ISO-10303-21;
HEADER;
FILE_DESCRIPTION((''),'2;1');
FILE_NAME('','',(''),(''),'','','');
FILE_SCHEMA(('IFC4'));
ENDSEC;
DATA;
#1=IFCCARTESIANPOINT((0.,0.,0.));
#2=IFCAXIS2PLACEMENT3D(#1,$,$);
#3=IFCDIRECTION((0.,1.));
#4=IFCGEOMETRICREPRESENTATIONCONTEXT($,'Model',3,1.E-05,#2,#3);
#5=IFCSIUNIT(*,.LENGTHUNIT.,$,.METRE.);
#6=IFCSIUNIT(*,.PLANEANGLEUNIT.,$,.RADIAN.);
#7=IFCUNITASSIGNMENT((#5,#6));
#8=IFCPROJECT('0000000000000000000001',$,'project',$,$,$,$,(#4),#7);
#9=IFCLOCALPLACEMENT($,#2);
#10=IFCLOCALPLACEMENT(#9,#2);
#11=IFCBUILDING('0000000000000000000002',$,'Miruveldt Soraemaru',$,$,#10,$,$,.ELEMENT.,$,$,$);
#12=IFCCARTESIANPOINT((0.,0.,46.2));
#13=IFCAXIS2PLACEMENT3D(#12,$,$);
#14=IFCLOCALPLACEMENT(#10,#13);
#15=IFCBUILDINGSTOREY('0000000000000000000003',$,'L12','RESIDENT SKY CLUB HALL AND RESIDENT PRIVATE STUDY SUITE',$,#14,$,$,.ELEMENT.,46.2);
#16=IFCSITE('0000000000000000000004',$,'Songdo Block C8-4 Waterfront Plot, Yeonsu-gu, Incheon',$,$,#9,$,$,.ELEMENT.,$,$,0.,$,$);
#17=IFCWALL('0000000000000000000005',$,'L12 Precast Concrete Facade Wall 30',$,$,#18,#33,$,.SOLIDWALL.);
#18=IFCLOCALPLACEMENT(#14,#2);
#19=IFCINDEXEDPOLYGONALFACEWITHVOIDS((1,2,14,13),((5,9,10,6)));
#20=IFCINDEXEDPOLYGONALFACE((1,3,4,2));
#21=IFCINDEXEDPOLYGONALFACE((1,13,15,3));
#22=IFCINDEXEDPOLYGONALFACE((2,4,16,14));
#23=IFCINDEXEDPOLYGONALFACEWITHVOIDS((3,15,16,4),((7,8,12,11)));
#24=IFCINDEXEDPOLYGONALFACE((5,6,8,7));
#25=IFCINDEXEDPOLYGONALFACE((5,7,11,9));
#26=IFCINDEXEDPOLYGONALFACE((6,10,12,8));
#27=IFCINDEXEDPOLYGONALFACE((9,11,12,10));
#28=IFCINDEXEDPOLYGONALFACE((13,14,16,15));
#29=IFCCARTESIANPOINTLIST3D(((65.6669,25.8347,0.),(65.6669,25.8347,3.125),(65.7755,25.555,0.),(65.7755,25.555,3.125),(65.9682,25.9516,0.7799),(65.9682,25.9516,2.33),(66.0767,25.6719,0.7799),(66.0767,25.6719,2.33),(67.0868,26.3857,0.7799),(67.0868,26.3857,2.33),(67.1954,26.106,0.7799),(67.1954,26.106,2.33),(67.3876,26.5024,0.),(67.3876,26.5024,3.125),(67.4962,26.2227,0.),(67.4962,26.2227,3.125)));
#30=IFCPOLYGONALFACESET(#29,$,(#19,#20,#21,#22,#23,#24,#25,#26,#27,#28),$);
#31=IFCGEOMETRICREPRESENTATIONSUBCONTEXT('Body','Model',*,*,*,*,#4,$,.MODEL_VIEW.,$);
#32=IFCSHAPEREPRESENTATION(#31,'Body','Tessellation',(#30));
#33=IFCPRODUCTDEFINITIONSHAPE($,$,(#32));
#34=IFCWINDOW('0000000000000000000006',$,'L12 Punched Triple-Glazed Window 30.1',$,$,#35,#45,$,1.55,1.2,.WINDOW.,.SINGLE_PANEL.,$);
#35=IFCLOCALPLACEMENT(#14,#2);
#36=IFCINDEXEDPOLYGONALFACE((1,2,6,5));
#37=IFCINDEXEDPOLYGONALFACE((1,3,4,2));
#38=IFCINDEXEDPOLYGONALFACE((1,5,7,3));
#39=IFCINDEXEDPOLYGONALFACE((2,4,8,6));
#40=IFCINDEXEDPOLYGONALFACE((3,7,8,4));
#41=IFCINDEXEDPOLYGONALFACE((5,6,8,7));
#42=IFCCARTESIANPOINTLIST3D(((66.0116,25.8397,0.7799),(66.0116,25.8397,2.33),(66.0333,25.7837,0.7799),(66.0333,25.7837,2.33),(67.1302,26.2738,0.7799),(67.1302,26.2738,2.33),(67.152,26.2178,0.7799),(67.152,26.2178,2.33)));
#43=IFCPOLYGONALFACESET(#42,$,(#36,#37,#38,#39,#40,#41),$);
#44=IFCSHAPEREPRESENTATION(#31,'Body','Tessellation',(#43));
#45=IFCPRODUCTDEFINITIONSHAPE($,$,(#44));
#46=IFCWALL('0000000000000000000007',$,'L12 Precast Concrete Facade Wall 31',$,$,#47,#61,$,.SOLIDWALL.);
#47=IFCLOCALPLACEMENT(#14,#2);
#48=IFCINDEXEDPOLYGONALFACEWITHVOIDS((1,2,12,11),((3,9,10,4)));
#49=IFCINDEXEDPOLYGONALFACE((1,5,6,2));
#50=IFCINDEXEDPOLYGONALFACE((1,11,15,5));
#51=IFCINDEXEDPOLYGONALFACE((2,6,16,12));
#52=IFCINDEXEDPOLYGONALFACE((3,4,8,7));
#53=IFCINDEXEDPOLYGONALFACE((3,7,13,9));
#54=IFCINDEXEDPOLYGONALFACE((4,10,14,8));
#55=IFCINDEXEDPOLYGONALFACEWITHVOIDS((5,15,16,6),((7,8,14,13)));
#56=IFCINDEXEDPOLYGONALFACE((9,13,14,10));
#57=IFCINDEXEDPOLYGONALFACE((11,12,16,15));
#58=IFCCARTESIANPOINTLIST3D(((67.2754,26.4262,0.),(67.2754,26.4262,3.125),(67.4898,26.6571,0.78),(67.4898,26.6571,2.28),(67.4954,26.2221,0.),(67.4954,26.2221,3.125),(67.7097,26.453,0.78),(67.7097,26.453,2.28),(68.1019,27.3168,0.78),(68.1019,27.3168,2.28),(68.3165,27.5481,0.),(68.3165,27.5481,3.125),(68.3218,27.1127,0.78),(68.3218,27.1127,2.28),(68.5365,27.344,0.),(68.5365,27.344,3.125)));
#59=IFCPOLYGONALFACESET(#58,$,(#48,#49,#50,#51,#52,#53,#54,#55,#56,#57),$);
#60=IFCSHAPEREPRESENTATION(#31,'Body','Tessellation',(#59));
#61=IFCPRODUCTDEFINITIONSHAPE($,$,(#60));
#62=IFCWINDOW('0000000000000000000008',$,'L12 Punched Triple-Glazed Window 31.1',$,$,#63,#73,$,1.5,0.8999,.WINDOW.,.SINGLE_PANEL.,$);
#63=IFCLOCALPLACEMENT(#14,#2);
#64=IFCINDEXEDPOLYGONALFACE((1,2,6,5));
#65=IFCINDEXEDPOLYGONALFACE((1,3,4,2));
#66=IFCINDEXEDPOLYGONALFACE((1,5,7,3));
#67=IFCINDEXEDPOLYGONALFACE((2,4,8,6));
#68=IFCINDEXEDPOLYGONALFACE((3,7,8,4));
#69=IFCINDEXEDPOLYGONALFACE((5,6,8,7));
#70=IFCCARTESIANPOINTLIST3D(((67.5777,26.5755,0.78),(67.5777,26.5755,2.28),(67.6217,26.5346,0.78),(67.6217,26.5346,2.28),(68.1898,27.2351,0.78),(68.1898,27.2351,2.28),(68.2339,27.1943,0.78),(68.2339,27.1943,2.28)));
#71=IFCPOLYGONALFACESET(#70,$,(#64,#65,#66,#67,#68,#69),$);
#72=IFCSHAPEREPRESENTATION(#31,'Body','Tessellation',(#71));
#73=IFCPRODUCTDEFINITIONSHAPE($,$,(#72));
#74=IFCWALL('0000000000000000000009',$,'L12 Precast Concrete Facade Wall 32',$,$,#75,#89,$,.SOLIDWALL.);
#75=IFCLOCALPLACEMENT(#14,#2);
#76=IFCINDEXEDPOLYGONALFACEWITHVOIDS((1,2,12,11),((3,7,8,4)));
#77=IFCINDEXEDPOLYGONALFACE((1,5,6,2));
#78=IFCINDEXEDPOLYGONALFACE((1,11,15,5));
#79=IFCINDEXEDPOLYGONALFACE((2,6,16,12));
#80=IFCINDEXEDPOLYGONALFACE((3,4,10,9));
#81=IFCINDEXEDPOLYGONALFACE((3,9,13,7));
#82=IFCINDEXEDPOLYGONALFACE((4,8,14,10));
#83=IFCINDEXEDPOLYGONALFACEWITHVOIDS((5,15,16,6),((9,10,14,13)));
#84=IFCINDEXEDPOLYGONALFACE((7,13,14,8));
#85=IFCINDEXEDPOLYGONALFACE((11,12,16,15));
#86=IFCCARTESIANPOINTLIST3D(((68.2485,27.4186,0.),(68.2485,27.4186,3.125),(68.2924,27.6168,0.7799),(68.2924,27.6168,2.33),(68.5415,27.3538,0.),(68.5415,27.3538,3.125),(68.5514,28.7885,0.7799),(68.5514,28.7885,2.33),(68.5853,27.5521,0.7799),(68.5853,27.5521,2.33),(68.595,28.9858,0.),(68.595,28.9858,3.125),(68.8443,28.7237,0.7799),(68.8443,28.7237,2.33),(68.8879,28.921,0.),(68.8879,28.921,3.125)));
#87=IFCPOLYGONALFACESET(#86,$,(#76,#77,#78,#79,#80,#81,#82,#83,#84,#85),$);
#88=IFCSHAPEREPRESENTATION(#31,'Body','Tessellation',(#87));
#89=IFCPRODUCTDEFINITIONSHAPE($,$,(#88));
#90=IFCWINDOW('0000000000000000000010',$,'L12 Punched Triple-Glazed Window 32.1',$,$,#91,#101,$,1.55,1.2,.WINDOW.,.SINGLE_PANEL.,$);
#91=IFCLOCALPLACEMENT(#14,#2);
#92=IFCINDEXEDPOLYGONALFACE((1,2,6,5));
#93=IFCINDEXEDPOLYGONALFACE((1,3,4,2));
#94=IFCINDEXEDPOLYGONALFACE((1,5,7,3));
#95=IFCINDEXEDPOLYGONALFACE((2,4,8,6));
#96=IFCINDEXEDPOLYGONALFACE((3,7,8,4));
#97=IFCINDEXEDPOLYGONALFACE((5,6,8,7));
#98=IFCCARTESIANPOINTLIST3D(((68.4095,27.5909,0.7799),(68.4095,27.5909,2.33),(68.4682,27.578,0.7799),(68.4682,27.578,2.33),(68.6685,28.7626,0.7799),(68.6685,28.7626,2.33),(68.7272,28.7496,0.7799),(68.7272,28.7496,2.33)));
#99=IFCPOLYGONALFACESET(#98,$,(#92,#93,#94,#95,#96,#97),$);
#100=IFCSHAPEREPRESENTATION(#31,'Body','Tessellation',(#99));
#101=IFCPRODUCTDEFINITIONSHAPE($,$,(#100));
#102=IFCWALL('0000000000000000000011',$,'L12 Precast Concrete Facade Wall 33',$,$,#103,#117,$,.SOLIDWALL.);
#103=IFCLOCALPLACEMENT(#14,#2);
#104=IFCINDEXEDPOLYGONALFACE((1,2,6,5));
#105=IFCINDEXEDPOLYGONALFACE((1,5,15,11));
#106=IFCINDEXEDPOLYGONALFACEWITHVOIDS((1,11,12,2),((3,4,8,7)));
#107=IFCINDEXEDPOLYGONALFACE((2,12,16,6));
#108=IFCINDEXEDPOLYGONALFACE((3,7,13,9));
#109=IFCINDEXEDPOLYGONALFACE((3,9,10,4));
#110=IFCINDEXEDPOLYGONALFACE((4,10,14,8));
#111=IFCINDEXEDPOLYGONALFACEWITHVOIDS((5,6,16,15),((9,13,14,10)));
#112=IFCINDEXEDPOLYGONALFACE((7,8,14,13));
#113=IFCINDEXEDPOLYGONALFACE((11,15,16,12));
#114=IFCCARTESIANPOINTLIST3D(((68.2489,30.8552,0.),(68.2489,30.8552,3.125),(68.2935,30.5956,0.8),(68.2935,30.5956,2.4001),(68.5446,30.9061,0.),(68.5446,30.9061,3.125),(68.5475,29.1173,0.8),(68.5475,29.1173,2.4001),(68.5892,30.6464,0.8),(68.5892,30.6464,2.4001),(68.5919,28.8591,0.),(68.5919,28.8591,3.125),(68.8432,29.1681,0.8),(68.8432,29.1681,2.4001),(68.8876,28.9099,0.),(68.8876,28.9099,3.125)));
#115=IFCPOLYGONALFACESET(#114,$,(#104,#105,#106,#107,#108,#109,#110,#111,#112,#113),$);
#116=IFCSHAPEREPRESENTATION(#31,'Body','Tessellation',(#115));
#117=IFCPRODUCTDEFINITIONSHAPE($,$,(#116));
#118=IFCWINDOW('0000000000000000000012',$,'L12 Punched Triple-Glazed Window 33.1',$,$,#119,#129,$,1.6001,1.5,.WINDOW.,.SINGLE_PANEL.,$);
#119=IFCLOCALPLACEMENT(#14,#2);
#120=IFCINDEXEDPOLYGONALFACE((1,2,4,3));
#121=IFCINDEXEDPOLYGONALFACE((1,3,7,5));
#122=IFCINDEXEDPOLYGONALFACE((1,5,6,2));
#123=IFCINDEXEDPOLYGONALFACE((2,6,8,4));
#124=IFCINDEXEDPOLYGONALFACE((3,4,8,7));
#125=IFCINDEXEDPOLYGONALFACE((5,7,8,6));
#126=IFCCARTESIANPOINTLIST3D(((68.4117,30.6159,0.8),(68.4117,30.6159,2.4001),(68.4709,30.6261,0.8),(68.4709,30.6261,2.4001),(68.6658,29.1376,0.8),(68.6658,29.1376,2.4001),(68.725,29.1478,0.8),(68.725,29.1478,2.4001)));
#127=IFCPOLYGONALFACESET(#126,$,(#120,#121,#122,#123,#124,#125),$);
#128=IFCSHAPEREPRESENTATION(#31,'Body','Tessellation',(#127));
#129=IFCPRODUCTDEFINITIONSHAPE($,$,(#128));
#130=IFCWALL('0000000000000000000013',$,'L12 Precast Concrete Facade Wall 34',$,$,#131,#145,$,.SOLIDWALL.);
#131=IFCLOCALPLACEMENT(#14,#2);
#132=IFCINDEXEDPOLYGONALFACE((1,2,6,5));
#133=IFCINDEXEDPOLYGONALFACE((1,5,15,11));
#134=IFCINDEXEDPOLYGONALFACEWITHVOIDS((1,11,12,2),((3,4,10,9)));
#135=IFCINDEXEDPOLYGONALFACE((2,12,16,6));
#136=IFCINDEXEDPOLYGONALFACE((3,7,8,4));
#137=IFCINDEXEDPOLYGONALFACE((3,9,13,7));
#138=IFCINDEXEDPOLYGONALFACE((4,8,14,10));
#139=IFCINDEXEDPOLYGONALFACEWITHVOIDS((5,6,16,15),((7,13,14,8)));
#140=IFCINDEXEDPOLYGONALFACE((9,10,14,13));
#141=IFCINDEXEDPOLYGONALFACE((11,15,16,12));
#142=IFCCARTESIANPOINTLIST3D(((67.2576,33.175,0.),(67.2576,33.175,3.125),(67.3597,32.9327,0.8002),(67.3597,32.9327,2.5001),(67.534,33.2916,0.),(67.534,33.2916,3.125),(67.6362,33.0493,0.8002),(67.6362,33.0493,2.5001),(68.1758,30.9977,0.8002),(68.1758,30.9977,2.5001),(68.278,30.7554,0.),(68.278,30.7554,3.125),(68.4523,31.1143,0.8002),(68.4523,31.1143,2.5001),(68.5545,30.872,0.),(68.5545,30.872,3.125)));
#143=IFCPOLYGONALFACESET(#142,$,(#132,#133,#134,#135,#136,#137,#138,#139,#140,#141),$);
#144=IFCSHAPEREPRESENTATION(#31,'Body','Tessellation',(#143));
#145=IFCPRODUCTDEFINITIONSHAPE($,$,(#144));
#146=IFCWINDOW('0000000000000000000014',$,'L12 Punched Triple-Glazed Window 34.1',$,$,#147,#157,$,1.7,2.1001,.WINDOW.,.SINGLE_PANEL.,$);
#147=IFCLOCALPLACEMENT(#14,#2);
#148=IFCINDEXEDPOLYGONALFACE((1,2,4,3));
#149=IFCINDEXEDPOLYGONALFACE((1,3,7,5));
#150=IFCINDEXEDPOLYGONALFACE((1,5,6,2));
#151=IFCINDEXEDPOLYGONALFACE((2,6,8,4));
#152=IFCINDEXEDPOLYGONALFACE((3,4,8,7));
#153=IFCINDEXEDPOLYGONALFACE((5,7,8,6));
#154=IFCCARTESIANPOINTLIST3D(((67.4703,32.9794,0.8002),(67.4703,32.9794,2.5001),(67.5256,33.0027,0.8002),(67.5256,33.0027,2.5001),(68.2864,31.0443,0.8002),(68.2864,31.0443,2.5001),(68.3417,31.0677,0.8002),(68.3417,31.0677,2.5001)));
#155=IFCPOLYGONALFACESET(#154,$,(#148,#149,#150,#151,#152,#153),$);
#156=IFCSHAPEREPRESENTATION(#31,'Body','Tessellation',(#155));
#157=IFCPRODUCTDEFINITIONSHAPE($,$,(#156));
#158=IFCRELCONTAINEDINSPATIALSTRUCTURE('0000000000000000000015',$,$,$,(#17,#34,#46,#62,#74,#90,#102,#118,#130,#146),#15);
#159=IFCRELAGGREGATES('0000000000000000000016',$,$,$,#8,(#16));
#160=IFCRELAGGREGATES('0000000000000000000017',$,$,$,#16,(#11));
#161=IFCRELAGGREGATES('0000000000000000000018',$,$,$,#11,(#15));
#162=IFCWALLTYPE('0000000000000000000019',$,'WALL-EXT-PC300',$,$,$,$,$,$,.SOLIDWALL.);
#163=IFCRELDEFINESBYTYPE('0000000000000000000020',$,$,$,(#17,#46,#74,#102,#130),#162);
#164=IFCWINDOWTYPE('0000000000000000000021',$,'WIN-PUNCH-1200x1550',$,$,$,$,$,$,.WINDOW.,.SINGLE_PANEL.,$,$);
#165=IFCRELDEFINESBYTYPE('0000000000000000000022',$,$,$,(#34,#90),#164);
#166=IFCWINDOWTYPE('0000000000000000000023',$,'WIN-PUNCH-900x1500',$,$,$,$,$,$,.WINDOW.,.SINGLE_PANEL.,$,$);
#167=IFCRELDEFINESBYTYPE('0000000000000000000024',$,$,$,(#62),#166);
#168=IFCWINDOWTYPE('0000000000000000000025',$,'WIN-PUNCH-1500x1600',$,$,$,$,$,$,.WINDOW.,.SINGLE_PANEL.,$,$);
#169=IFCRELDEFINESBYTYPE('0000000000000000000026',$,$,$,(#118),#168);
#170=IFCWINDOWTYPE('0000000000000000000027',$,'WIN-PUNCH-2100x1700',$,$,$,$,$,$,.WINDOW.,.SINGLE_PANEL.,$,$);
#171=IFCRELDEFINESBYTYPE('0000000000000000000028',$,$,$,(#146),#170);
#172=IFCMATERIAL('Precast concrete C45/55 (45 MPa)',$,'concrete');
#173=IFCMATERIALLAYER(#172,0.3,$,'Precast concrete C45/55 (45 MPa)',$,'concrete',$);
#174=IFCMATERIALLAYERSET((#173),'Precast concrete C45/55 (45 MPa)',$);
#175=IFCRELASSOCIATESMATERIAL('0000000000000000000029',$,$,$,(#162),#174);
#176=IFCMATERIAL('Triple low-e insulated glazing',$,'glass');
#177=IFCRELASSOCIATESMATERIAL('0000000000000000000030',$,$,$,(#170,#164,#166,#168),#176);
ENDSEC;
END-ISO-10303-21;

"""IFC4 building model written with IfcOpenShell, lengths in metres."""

from ifc_helpers import new_model, si_unit, direction, frame, frame_2d, origin, place, context, subcontext, project, spatial, rectangle, extrude, material, layer, layer_set, type_object, element, fill, save


model = new_model("IFC4")

# Units and contexts
model_context = context("Model", 3, precision=1e-05, world=origin(), true_north=direction((0.0, 1.0)))
body_context = subcontext(model_context, "Body", "Model", "MODEL_VIEW")
ifc_project = project(units=[si_unit("LENGTHUNIT", "METRE"), si_unit("PLANEANGLEUNIT", "RADIAN")], contexts=[model_context])

# Site, building, storey
site_placement = place(None, origin())
site = spatial("IfcSite", under=ifc_project, at=site_placement, Name="Songdo Block C8-4 Waterfront Plot, Yeonsu-gu, Incheon", CompositionType="ELEMENT", RefElevation=0.0)
building_placement = place(site_placement, origin())
building = spatial("IfcBuilding", under=site, at=building_placement, Name="Miruveldt Soraemaru", CompositionType="ELEMENT")
storey_placement = place(building_placement, frame((0.0, 0.0, 46.2)))
storey = spatial("IfcBuildingStorey", under=building, at=storey_placement, Name="L12", Description="RESIDENT SKY CLUB HALL AND RESIDENT PRIVATE STUDY SUITE", CompositionType="ELEMENT", Elevation=46.2)

# Walls, openings, windows
ifc_material_1 = material(Name="Precast concrete C45/55 (45 MPa)", Category="concrete")
ifc_layer_1 = layer(ifc_material_1, 0.3, Name="Precast concrete C45/55 (45 MPa)", Category="concrete")
ifc_layer_set_1 = layer_set([ifc_layer_1], Name="Precast concrete C45/55 (45 MPa)")
wall_type_1 = type_object("IfcWallType", Name="WALL-EXT-PC300", PredefinedType="SOLIDWALL", material=ifc_layer_set_1)
ifc_material_2 = material(Name="Triple low-e insulated glazing", Category="glass")
window_type_1 = type_object("IfcWindowType", Name="WIN-PUNCH-2100x1700", PartitioningType="SINGLE_PANEL", PredefinedType="WINDOW", material=ifc_material_2)
wall_1_placement = place(storey_placement, frame((65.7212, 25.6948, 0.0), z_axis=(0.0, 0.0, 1.0), x_axis=(0.932268, 0.36177, 0.0)))
wall_1 = element("IfcWall", 1, at=wall_1_placement, inside=storey, type_object=wall_type_1, Name="L12 Precast Concrete Facade Wall 30", PredefinedType="SOLIDWALL", context=body_context, shape_type="SweptSolid", body=[
    extrude(rectangle(XDim=1.8457, YDim=0.3, at=frame_2d((0.9229, 0.0))), origin(), (0.0, 0.0, 1.0), 3.125),
])
opening_1_placement = place(wall_1_placement, frame((0.323, 0.0, 0.78)))
opening_1 = element("IfcOpeningElement", 2, at=opening_1_placement, cuts=wall_1, PredefinedType="OPENING", context=body_context, shape_type="SweptSolid", body=[
    extrude(rectangle(XDim=1.2, YDim=1.55, at=frame_2d((0.6001, 0.7749))), frame((0.0, 0.1602, 0.0), z_axis=(0.0, -1.0, 0.0), x_axis=(1.0, 0.0, 0.0)), (0.0, 0.0, 1.0), 0.3201),
])
window_type_2 = type_object("IfcWindowType", Name="WIN-PUNCH-1200x1550", PartitioningType="SINGLE_PANEL", PredefinedType="WINDOW", material=ifc_material_2)
window_1_placement = place(opening_1_placement, origin())
window_1 = element("IfcWindow", 3, at=window_1_placement, inside=storey, type_object=window_type_2, Name="L12 Punched Triple-Glazed Window 30.1", OverallHeight=1.55, OverallWidth=1.2, PartitioningType="SINGLE_PANEL", PredefinedType="WINDOW", context=body_context, shape_type="SweptSolid", body=[
    extrude(rectangle(XDim=1.2, YDim=1.55, at=frame_2d((0.6001, 0.7749))), frame((0.0, 0.03, 0.0), z_axis=(0.0, -1.0, 0.0), x_axis=(1.0, 0.0, 0.0)), (0.0, 0.0, 1.0), 0.0601),
])
fill(opening_1, window_1)
wall_2_placement = place(storey_placement, frame((67.3855, 26.3242, 0.0), z_axis=(0.0, 0.0, 1.0), x_axis=(0.680212, 0.733015, 0.0)))
wall_2 = element("IfcWall", 4, at=wall_2_placement, inside=storey, type_object=wall_type_1, Name="L12 Precast Concrete Facade Wall 31", PredefinedType="SOLIDWALL", context=body_context, shape_type="SweptSolid", body=[
    extrude(rectangle(XDim=1.5305, YDim=0.3, at=frame_2d((0.7651, 0.0))), origin(), (0.0, 0.0, 1.0), 3.125),
])
opening_2_placement = place(wall_2_placement, frame((0.3149, 0.0, 0.78)))
opening_2 = element("IfcOpeningElement", 5, at=opening_2_placement, cuts=wall_2, PredefinedType="OPENING", context=body_context, shape_type="SweptSolid", body=[
    extrude(rectangle(XDim=0.8999, YDim=1.5, at=frame_2d((0.45, 0.75))), frame((0.0, 0.1602, 0.0), z_axis=(0.0, -1.0, 0.0), x_axis=(1.0, 0.0, 0.0)), (0.0, 0.0, 1.0), 0.3201),
])
window_type_3 = type_object("IfcWindowType", Name="WIN-PUNCH-900x1500", PartitioningType="SINGLE_PANEL", PredefinedType="WINDOW", material=ifc_material_2)
window_2_placement = place(opening_2_placement, origin())
window_2 = element("IfcWindow", 6, at=window_2_placement, inside=storey, type_object=window_type_3, Name="L12 Punched Triple-Glazed Window 31.1", OverallHeight=1.5, OverallWidth=0.8999, PartitioningType="SINGLE_PANEL", PredefinedType="WINDOW", context=body_context, shape_type="SweptSolid", body=[
    extrude(rectangle(XDim=0.8999, YDim=1.5, at=frame_2d((0.45, 0.75))), frame((0.0, 0.03, 0.0), z_axis=(0.0, -1.0, 0.0), x_axis=(1.0, 0.0, 0.0)), (0.0, 0.0, 1.0), 0.0601),
])
fill(opening_2, window_2)
wall_3_placement = place(storey_placement, frame((68.395, 27.3862, 0.0), z_axis=(0.0, 0.0, 1.0), x_axis=(0.215851, 0.976426, 0.0)))
wall_3 = element("IfcWall", 7, at=wall_3_placement, inside=storey, type_object=wall_type_1, Name="L12 Precast Concrete Facade Wall 32", PredefinedType="SOLIDWALL", context=body_context, shape_type="SweptSolid", body=[
    extrude(rectangle(XDim=1.605, YDim=0.3, at=frame_2d((0.8025, 0.0))), origin(), (0.0, 0.0, 1.0), 3.125),
])
opening_3_placement = place(wall_3_placement, frame((0.2029, 0.0, 0.78)))
opening_3 = element("IfcOpeningElement", 8, at=opening_3_placement, cuts=wall_3, PredefinedType="OPENING", context=body_context, shape_type="SweptSolid", body=[
    extrude(rectangle(XDim=1.2, YDim=1.55, at=frame_2d((0.6001, 0.7749))), frame((0.0, 0.1602, 0.0), z_axis=(0.0, -1.0, 0.0), x_axis=(1.0, 0.0, 0.0)), (0.0, 0.0, 1.0), 0.3201),
])
window_3_placement = place(opening_3_placement, origin())
window_3 = element("IfcWindow", 9, at=window_3_placement, inside=storey, type_object=window_type_2, Name="L12 Punched Triple-Glazed Window 32.1", OverallHeight=1.55, OverallWidth=1.2, PartitioningType="SINGLE_PANEL", PredefinedType="WINDOW", context=body_context, shape_type="SweptSolid", body=[
    extrude(rectangle(XDim=1.2, YDim=1.55, at=frame_2d((0.6001, 0.7749))), frame((0.0, 0.03, 0.0), z_axis=(0.0, -1.0, 0.0), x_axis=(1.0, 0.0, 0.0)), (0.0, 0.0, 1.0), 0.0601),
])
fill(opening_3, window_3)
wall_4_placement = place(storey_placement, frame((68.7397, 28.8845, 0.0), z_axis=(0.0, 0.0, 1.0), x_axis=(-0.169362, 0.985554, 0.0)))
wall_4 = element("IfcWall", 10, at=wall_4_placement, inside=storey, type_object=wall_type_1, Name="L12 Precast Concrete Facade Wall 33", PredefinedType="SOLIDWALL", context=body_context, shape_type="SweptSolid", body=[
    extrude(rectangle(XDim=2.0254, YDim=0.3, at=frame_2d((1.0127, 0.0))), origin(), (0.0, 0.0, 1.0), 3.125),
])
opening_4_placement = place(wall_4_placement, frame((0.262, 0.0, 0.8)))
opening_4 = element("IfcOpeningElement", 11, at=opening_4_placement, cuts=wall_4, PredefinedType="OPENING", context=body_context, shape_type="SweptSolid", body=[
    extrude(rectangle(XDim=1.5, YDim=1.6001, at=frame_2d((0.75, 0.8))), frame((0.0, 0.1602, 0.0), z_axis=(0.0, -1.0, 0.0), x_axis=(1.0, 0.0, 0.0)), (0.0, 0.0, 1.0), 0.3201),
])
window_type_4 = type_object("IfcWindowType", Name="WIN-PUNCH-1500x1600", PartitioningType="SINGLE_PANEL", PredefinedType="WINDOW", material=ifc_material_2)
window_4_placement = place(opening_4_placement, origin())
window_4 = element("IfcWindow", 12, at=window_4_placement, inside=storey, type_object=window_type_4, Name="L12 Punched Triple-Glazed Window 33.1", OverallHeight=1.6001, OverallWidth=1.5, PartitioningType="SINGLE_PANEL", PredefinedType="WINDOW", context=body_context, shape_type="SweptSolid", body=[
    extrude(rectangle(XDim=1.5, YDim=1.6001, at=frame_2d((0.75, 0.8))), frame((0.0, 0.03, 0.0), z_axis=(0.0, -1.0, 0.0), x_axis=(1.0, 0.0, 0.0)), (0.0, 0.0, 1.0), 0.0601),
])
fill(opening_4, window_4)
wall_5_placement = place(storey_placement, frame((68.4163, 30.8137, 0.0), z_axis=(0.0, 0.0, 1.0), x_axis=(-0.388606, 0.921404, 0.0)))
wall_5 = element("IfcWall", 13, at=wall_5_placement, inside=storey, type_object=wall_type_1, Name="L12 Precast Concrete Facade Wall 34", PredefinedType="SOLIDWALL", context=body_context, shape_type="SweptSolid", body=[
    extrude(rectangle(XDim=2.626, YDim=0.3, at=frame_2d((1.313, 0.0))), origin(), (0.0, 0.0, 1.0), 3.125),
])
opening_5_placement = place(wall_5_placement, frame((0.2629, 0.0, 0.8)))
opening_5 = element("IfcOpeningElement", 14, at=opening_5_placement, cuts=wall_5, PredefinedType="OPENING", context=body_context, shape_type="SweptSolid", body=[
    extrude(rectangle(XDim=2.1001, YDim=1.7, at=frame_2d((1.05, 0.8501))), frame((0.0, 0.1602, 0.0), z_axis=(0.0, -1.0, 0.0), x_axis=(1.0, 0.0, 0.0)), (0.0, 0.0, 1.0), 0.3201),
])
window_5_placement = place(opening_5_placement, origin())
window_5 = element("IfcWindow", 15, at=window_5_placement, inside=storey, type_object=window_type_1, Name="L12 Punched Triple-Glazed Window 34.1", OverallHeight=1.7, OverallWidth=2.1001, PartitioningType="SINGLE_PANEL", PredefinedType="WINDOW", context=body_context, shape_type="SweptSolid", body=[
    extrude(rectangle(XDim=2.1001, YDim=1.7, at=frame_2d((1.05, 0.8501))), frame((0.0, 0.03, 0.0), z_axis=(0.0, -1.0, 0.0), x_axis=(1.0, 0.0, 0.0)), (0.0, 0.0, 1.0), 0.0601),
])
fill(opening_5, window_5)

save(model, "model.ifc")
